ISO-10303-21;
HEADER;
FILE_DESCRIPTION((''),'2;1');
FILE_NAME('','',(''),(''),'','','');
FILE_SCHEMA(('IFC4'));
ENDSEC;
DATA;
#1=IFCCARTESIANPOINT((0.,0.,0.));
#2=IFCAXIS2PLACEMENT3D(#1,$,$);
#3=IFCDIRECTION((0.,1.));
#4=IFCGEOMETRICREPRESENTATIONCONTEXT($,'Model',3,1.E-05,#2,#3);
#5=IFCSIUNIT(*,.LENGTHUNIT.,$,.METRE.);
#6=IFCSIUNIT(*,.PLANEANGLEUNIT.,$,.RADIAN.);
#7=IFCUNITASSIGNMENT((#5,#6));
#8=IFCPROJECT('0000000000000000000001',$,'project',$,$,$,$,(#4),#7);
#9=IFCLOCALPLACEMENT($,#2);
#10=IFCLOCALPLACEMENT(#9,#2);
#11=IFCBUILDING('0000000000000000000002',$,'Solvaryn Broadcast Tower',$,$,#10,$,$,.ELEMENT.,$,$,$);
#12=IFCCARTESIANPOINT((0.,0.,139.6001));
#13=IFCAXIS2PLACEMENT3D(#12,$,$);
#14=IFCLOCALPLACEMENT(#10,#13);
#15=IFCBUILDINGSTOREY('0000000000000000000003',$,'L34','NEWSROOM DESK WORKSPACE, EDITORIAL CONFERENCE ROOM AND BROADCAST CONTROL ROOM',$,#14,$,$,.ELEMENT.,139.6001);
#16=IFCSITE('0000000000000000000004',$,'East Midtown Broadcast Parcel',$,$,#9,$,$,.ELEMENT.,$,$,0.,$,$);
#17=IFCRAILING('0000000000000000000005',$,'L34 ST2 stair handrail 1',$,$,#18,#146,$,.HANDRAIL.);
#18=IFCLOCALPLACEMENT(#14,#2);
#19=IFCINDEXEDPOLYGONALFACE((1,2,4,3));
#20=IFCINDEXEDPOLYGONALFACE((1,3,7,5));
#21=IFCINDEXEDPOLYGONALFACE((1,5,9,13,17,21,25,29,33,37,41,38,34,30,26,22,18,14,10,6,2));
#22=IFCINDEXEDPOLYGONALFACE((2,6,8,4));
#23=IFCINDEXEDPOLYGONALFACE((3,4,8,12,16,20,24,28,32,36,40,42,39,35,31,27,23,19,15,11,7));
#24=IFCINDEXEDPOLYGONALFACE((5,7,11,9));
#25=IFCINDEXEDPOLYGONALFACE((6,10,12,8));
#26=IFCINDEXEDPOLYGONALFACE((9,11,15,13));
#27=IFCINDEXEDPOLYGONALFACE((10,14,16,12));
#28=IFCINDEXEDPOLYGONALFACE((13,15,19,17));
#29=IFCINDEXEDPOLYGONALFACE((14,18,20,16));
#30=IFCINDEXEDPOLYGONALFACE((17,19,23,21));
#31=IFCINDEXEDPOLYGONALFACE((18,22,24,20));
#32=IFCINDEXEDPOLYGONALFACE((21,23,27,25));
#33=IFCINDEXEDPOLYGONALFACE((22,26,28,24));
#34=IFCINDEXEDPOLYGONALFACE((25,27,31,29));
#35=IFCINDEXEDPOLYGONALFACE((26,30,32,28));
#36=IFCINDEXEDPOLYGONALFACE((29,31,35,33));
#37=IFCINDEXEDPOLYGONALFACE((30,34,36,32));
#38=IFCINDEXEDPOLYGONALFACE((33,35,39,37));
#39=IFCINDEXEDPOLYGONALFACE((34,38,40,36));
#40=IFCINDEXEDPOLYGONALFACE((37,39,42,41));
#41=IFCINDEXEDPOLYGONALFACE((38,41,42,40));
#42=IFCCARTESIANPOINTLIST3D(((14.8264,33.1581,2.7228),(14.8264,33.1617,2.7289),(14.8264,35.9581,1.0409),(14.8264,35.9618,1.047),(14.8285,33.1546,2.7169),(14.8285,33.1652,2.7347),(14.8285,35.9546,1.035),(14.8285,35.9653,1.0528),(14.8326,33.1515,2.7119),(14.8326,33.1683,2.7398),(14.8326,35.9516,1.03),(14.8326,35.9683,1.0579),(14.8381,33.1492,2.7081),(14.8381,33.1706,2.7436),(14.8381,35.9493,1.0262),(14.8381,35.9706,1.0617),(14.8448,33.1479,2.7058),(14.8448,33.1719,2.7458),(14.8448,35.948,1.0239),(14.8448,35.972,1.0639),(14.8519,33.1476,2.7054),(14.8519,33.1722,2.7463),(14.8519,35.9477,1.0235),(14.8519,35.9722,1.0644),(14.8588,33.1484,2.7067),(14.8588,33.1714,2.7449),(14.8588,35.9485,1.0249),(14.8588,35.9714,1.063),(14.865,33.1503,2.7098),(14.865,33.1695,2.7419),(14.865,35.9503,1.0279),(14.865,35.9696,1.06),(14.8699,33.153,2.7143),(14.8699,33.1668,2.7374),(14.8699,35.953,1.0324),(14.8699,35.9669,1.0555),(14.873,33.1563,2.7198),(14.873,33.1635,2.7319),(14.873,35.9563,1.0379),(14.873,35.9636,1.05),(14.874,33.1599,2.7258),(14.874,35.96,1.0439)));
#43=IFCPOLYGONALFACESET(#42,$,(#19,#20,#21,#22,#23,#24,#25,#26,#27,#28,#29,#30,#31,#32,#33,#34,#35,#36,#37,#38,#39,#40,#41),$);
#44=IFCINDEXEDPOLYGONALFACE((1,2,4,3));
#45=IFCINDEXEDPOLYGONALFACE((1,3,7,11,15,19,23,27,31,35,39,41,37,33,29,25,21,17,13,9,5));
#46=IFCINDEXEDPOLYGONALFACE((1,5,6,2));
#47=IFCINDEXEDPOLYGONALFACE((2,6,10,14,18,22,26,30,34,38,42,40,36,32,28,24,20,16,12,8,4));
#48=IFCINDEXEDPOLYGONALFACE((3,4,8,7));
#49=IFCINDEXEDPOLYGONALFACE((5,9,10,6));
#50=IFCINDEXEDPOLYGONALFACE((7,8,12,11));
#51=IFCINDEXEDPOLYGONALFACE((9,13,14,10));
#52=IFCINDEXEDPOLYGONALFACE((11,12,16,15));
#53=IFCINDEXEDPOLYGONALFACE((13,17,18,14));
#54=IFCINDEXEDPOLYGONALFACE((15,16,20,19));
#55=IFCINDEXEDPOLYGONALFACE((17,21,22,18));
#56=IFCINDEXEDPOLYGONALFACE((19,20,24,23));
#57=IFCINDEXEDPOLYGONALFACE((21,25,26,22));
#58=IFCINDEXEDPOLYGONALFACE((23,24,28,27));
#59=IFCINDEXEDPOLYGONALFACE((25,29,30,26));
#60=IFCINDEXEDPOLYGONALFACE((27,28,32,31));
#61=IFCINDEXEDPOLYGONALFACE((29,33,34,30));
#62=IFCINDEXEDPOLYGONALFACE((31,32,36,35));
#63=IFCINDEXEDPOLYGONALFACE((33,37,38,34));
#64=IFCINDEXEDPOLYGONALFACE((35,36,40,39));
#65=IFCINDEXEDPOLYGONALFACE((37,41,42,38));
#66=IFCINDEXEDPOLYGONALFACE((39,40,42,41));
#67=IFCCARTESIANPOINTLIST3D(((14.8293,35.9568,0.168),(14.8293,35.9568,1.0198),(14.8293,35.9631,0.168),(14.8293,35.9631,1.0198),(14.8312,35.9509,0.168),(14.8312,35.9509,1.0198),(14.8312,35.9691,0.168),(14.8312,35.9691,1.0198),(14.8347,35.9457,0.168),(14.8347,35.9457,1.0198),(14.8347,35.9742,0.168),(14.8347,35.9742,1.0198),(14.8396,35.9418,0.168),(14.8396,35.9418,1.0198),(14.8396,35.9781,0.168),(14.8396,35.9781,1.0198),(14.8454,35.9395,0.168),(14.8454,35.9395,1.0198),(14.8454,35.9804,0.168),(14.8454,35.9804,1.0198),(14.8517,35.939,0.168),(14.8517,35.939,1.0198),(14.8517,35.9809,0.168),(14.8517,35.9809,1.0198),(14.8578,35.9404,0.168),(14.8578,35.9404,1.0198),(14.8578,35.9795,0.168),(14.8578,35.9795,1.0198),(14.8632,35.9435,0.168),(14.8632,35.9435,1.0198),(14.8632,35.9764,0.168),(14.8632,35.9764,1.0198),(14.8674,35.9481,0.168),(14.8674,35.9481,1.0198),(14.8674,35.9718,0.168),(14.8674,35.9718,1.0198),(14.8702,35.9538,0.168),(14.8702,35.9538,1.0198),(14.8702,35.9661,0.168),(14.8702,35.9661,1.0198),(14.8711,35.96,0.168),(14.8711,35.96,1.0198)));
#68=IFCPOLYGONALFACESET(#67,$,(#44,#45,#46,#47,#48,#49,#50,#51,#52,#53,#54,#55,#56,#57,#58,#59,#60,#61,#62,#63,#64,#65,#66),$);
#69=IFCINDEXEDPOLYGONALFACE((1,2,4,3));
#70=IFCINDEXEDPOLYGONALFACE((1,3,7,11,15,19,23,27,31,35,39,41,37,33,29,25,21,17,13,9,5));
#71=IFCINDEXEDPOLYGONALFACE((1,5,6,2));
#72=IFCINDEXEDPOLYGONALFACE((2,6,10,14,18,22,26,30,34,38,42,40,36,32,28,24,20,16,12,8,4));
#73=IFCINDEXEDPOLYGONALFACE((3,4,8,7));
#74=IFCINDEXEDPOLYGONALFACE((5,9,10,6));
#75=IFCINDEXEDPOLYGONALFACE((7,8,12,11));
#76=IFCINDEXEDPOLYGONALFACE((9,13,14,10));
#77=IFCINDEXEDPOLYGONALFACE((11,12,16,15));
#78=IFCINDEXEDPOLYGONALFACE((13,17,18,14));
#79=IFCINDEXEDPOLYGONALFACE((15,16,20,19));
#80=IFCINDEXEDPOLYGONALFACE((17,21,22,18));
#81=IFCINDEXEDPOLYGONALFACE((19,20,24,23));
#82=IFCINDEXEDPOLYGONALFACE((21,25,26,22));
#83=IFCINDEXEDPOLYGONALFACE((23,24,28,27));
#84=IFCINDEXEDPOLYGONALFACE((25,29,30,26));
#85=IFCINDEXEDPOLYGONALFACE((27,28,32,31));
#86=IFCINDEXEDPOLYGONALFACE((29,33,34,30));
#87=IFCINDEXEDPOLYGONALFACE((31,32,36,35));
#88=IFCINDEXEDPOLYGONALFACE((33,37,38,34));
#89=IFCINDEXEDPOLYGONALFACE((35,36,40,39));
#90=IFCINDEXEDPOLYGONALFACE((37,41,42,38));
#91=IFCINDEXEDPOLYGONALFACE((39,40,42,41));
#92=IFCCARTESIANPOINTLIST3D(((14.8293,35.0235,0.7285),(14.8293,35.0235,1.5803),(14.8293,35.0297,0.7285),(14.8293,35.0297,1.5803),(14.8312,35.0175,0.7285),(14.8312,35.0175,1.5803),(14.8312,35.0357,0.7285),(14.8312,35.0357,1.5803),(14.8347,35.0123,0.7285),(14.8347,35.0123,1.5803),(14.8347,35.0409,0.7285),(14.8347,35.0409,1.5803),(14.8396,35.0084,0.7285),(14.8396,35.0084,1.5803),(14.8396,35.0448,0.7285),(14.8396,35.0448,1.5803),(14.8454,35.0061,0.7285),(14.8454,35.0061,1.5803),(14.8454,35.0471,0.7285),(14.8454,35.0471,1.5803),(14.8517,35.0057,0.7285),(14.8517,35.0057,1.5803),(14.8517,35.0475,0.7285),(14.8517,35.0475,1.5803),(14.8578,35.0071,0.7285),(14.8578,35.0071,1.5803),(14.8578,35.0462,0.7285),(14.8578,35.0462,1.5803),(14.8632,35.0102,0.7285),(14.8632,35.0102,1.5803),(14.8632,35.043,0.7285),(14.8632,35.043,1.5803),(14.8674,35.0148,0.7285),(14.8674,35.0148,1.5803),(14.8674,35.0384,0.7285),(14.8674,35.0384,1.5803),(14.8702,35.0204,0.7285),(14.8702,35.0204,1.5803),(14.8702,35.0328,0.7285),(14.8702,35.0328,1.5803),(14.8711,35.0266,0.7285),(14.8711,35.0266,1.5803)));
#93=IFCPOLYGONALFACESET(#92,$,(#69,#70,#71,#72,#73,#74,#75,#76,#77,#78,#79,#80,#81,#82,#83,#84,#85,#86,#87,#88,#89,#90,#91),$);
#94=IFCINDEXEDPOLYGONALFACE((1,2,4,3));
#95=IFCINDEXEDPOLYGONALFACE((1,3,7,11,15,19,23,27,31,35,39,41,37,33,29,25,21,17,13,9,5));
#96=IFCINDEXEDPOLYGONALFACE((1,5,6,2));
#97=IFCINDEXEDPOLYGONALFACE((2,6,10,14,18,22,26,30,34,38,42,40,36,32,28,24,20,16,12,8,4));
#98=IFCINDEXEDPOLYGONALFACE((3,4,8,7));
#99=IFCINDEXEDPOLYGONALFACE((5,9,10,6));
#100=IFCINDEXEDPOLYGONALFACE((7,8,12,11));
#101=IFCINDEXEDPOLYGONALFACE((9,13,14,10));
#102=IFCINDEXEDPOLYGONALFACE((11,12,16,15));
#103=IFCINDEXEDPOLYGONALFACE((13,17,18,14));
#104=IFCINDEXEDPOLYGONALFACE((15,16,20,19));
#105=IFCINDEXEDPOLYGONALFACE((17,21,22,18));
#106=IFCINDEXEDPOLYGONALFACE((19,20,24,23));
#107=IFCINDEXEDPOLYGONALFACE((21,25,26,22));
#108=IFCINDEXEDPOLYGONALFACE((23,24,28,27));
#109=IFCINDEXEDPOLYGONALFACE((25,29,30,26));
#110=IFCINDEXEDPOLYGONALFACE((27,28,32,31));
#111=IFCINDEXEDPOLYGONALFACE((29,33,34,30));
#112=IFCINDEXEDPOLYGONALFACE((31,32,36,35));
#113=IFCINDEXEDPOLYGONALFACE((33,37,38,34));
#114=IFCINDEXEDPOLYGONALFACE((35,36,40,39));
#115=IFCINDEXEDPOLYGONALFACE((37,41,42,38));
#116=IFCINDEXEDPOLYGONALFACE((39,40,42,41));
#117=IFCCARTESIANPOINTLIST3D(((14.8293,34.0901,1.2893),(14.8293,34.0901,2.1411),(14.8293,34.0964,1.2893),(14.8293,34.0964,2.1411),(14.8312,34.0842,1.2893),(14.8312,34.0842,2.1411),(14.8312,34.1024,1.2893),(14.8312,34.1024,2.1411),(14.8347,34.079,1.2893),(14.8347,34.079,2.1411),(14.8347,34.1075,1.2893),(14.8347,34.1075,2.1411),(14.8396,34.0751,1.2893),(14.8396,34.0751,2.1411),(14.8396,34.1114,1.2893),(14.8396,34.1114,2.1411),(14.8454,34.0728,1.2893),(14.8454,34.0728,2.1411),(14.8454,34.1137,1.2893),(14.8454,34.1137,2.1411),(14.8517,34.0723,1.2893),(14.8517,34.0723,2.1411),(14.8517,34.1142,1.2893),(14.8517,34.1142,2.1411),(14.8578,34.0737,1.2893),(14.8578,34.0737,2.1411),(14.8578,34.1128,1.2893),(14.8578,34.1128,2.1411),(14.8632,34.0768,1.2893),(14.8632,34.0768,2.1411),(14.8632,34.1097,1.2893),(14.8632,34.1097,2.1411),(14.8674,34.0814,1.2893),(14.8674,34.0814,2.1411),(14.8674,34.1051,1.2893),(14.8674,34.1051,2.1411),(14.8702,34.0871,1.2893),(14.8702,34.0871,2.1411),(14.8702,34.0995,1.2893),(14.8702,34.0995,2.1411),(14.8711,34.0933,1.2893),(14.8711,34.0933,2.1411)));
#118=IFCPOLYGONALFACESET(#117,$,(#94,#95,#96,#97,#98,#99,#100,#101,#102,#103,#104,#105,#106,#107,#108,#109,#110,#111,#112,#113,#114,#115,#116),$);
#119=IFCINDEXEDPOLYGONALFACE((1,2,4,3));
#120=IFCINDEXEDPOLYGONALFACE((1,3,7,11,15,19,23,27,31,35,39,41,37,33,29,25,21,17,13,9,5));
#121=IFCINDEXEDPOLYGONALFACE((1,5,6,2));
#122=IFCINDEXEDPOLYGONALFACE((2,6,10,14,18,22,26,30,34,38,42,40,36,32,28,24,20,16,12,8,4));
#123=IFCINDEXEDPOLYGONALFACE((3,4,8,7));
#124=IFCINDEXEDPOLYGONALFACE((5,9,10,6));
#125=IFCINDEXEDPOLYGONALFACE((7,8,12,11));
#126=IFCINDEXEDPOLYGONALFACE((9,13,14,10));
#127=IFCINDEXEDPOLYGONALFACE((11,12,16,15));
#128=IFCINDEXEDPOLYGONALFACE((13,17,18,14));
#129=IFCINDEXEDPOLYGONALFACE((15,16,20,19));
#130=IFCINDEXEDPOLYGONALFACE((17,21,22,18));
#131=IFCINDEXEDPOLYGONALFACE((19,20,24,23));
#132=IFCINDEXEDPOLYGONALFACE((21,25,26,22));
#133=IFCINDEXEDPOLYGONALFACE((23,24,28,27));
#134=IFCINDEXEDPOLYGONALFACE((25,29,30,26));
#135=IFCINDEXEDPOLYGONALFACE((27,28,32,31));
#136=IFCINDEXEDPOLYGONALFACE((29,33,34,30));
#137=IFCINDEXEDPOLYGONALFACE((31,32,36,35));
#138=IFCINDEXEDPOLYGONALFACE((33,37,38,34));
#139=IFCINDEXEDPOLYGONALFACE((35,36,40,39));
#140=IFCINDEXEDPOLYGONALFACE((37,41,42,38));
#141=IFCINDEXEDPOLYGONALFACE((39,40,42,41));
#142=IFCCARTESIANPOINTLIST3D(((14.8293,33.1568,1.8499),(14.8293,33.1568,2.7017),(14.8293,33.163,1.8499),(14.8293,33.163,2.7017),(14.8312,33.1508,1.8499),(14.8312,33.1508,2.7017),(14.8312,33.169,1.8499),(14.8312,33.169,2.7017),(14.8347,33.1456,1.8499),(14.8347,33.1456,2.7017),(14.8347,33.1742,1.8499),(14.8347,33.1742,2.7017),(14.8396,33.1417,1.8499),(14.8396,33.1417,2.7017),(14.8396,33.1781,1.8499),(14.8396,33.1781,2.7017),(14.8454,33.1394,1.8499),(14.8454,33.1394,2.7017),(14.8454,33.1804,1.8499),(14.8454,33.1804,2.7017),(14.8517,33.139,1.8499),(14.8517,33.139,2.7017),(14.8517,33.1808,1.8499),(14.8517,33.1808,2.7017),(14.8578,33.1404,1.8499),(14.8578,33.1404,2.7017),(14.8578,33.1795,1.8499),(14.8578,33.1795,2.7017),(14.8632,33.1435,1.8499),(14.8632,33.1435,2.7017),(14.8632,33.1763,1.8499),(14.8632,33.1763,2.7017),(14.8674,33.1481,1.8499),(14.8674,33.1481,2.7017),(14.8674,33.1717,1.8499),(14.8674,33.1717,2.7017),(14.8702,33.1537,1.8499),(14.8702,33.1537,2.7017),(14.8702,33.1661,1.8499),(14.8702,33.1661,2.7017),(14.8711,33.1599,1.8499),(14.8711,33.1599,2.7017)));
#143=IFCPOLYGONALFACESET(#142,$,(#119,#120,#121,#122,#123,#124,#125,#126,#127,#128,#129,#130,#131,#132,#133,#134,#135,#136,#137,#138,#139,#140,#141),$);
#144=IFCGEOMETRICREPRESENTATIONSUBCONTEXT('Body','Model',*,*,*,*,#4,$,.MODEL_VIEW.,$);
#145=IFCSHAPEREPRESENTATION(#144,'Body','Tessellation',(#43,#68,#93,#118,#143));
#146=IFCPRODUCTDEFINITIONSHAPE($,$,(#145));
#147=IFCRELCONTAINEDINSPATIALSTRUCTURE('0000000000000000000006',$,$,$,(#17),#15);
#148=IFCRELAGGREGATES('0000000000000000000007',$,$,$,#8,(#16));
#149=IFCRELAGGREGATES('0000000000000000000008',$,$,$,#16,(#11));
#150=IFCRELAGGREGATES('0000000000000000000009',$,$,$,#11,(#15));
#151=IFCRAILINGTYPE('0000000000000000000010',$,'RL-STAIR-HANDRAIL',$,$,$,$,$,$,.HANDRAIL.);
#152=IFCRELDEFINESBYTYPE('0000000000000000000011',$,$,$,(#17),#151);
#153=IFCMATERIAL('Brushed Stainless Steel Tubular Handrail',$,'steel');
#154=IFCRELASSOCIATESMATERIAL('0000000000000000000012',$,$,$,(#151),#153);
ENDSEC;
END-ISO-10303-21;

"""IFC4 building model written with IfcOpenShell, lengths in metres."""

from ifc_helpers import new_model, si_unit, direction, frame, origin, origin_2d, place, context, subcontext, project, spatial, circle, extrude, material, type_object, element, save


model = new_model("IFC4")

# Units and contexts
model_context = context("Model", 3, precision=1e-05, world=origin(), true_north=direction((0.0, 1.0)))
body_context = subcontext(model_context, "Body", "Model", "MODEL_VIEW")
ifc_project = project(units=[si_unit("LENGTHUNIT", "METRE"), si_unit("PLANEANGLEUNIT", "RADIAN")], contexts=[model_context])

# Site, building, storey
site_placement = place(None, origin())
site = spatial("IfcSite", under=ifc_project, at=site_placement, Name="East Midtown Broadcast Parcel", CompositionType="ELEMENT", RefElevation=0.0)
building_placement = place(site_placement, origin())
building = spatial("IfcBuilding", under=site, at=building_placement, Name="Solvaryn Broadcast Tower", CompositionType="ELEMENT")
storey_placement = place(building_placement, frame((0.0, 0.0, 139.6001)))
storey = spatial("IfcBuildingStorey", under=building, at=storey_placement, Name="L34", Description="NEWSROOM DESK WORKSPACE, EDITORIAL CONFERENCE ROOM AND BROADCAST CONTROL ROOM", CompositionType="ELEMENT", Elevation=139.6001)

# Railing
ifc_material_1 = material(Name="Brushed Stainless Steel Tubular Handrail", Category="steel")
railing_type_1 = type_object("IfcRailingType", Name="RL-STAIR-HANDRAIL", PredefinedType="HANDRAIL", material=ifc_material_1)
railing_1_placement = place(storey_placement, frame((14.8501, 35.96, 0.168)))
element("IfcRailing", 1, at=railing_1_placement, inside=storey, type_object=railing_type_1, Name="L34 ST2 stair handrail 1", PredefinedType="HANDRAIL", context=body_context, shape_type="SweptSolid", body=[
    extrude(circle(Radius=0.0239, at=origin_2d()), frame((0.0, 0.0, 0.876), z_axis=(0.0, -0.857242, 0.514913), x_axis=(1.0, 0.0, 0.0)), (0.0, 0.0, 1.0), 3.2664),
    extrude(circle(Radius=0.021, at=origin_2d()), origin(), (0.0, 0.0, 1.0), 0.8518),
    extrude(circle(Radius=0.021, at=origin_2d()), frame((0.0, -0.9333, 0.5605)), (0.0, 0.0, 1.0), 0.8518),
    extrude(circle(Radius=0.021, at=origin_2d()), frame((0.0, -1.8667, 1.1213)), (0.0, 0.0, 1.0), 0.8518),
    extrude(circle(Radius=0.021, at=origin_2d()), frame((0.0, -2.8, 1.6819)), (0.0, 0.0, 1.0), 0.8518),
])

save(model, "model.ifc")
